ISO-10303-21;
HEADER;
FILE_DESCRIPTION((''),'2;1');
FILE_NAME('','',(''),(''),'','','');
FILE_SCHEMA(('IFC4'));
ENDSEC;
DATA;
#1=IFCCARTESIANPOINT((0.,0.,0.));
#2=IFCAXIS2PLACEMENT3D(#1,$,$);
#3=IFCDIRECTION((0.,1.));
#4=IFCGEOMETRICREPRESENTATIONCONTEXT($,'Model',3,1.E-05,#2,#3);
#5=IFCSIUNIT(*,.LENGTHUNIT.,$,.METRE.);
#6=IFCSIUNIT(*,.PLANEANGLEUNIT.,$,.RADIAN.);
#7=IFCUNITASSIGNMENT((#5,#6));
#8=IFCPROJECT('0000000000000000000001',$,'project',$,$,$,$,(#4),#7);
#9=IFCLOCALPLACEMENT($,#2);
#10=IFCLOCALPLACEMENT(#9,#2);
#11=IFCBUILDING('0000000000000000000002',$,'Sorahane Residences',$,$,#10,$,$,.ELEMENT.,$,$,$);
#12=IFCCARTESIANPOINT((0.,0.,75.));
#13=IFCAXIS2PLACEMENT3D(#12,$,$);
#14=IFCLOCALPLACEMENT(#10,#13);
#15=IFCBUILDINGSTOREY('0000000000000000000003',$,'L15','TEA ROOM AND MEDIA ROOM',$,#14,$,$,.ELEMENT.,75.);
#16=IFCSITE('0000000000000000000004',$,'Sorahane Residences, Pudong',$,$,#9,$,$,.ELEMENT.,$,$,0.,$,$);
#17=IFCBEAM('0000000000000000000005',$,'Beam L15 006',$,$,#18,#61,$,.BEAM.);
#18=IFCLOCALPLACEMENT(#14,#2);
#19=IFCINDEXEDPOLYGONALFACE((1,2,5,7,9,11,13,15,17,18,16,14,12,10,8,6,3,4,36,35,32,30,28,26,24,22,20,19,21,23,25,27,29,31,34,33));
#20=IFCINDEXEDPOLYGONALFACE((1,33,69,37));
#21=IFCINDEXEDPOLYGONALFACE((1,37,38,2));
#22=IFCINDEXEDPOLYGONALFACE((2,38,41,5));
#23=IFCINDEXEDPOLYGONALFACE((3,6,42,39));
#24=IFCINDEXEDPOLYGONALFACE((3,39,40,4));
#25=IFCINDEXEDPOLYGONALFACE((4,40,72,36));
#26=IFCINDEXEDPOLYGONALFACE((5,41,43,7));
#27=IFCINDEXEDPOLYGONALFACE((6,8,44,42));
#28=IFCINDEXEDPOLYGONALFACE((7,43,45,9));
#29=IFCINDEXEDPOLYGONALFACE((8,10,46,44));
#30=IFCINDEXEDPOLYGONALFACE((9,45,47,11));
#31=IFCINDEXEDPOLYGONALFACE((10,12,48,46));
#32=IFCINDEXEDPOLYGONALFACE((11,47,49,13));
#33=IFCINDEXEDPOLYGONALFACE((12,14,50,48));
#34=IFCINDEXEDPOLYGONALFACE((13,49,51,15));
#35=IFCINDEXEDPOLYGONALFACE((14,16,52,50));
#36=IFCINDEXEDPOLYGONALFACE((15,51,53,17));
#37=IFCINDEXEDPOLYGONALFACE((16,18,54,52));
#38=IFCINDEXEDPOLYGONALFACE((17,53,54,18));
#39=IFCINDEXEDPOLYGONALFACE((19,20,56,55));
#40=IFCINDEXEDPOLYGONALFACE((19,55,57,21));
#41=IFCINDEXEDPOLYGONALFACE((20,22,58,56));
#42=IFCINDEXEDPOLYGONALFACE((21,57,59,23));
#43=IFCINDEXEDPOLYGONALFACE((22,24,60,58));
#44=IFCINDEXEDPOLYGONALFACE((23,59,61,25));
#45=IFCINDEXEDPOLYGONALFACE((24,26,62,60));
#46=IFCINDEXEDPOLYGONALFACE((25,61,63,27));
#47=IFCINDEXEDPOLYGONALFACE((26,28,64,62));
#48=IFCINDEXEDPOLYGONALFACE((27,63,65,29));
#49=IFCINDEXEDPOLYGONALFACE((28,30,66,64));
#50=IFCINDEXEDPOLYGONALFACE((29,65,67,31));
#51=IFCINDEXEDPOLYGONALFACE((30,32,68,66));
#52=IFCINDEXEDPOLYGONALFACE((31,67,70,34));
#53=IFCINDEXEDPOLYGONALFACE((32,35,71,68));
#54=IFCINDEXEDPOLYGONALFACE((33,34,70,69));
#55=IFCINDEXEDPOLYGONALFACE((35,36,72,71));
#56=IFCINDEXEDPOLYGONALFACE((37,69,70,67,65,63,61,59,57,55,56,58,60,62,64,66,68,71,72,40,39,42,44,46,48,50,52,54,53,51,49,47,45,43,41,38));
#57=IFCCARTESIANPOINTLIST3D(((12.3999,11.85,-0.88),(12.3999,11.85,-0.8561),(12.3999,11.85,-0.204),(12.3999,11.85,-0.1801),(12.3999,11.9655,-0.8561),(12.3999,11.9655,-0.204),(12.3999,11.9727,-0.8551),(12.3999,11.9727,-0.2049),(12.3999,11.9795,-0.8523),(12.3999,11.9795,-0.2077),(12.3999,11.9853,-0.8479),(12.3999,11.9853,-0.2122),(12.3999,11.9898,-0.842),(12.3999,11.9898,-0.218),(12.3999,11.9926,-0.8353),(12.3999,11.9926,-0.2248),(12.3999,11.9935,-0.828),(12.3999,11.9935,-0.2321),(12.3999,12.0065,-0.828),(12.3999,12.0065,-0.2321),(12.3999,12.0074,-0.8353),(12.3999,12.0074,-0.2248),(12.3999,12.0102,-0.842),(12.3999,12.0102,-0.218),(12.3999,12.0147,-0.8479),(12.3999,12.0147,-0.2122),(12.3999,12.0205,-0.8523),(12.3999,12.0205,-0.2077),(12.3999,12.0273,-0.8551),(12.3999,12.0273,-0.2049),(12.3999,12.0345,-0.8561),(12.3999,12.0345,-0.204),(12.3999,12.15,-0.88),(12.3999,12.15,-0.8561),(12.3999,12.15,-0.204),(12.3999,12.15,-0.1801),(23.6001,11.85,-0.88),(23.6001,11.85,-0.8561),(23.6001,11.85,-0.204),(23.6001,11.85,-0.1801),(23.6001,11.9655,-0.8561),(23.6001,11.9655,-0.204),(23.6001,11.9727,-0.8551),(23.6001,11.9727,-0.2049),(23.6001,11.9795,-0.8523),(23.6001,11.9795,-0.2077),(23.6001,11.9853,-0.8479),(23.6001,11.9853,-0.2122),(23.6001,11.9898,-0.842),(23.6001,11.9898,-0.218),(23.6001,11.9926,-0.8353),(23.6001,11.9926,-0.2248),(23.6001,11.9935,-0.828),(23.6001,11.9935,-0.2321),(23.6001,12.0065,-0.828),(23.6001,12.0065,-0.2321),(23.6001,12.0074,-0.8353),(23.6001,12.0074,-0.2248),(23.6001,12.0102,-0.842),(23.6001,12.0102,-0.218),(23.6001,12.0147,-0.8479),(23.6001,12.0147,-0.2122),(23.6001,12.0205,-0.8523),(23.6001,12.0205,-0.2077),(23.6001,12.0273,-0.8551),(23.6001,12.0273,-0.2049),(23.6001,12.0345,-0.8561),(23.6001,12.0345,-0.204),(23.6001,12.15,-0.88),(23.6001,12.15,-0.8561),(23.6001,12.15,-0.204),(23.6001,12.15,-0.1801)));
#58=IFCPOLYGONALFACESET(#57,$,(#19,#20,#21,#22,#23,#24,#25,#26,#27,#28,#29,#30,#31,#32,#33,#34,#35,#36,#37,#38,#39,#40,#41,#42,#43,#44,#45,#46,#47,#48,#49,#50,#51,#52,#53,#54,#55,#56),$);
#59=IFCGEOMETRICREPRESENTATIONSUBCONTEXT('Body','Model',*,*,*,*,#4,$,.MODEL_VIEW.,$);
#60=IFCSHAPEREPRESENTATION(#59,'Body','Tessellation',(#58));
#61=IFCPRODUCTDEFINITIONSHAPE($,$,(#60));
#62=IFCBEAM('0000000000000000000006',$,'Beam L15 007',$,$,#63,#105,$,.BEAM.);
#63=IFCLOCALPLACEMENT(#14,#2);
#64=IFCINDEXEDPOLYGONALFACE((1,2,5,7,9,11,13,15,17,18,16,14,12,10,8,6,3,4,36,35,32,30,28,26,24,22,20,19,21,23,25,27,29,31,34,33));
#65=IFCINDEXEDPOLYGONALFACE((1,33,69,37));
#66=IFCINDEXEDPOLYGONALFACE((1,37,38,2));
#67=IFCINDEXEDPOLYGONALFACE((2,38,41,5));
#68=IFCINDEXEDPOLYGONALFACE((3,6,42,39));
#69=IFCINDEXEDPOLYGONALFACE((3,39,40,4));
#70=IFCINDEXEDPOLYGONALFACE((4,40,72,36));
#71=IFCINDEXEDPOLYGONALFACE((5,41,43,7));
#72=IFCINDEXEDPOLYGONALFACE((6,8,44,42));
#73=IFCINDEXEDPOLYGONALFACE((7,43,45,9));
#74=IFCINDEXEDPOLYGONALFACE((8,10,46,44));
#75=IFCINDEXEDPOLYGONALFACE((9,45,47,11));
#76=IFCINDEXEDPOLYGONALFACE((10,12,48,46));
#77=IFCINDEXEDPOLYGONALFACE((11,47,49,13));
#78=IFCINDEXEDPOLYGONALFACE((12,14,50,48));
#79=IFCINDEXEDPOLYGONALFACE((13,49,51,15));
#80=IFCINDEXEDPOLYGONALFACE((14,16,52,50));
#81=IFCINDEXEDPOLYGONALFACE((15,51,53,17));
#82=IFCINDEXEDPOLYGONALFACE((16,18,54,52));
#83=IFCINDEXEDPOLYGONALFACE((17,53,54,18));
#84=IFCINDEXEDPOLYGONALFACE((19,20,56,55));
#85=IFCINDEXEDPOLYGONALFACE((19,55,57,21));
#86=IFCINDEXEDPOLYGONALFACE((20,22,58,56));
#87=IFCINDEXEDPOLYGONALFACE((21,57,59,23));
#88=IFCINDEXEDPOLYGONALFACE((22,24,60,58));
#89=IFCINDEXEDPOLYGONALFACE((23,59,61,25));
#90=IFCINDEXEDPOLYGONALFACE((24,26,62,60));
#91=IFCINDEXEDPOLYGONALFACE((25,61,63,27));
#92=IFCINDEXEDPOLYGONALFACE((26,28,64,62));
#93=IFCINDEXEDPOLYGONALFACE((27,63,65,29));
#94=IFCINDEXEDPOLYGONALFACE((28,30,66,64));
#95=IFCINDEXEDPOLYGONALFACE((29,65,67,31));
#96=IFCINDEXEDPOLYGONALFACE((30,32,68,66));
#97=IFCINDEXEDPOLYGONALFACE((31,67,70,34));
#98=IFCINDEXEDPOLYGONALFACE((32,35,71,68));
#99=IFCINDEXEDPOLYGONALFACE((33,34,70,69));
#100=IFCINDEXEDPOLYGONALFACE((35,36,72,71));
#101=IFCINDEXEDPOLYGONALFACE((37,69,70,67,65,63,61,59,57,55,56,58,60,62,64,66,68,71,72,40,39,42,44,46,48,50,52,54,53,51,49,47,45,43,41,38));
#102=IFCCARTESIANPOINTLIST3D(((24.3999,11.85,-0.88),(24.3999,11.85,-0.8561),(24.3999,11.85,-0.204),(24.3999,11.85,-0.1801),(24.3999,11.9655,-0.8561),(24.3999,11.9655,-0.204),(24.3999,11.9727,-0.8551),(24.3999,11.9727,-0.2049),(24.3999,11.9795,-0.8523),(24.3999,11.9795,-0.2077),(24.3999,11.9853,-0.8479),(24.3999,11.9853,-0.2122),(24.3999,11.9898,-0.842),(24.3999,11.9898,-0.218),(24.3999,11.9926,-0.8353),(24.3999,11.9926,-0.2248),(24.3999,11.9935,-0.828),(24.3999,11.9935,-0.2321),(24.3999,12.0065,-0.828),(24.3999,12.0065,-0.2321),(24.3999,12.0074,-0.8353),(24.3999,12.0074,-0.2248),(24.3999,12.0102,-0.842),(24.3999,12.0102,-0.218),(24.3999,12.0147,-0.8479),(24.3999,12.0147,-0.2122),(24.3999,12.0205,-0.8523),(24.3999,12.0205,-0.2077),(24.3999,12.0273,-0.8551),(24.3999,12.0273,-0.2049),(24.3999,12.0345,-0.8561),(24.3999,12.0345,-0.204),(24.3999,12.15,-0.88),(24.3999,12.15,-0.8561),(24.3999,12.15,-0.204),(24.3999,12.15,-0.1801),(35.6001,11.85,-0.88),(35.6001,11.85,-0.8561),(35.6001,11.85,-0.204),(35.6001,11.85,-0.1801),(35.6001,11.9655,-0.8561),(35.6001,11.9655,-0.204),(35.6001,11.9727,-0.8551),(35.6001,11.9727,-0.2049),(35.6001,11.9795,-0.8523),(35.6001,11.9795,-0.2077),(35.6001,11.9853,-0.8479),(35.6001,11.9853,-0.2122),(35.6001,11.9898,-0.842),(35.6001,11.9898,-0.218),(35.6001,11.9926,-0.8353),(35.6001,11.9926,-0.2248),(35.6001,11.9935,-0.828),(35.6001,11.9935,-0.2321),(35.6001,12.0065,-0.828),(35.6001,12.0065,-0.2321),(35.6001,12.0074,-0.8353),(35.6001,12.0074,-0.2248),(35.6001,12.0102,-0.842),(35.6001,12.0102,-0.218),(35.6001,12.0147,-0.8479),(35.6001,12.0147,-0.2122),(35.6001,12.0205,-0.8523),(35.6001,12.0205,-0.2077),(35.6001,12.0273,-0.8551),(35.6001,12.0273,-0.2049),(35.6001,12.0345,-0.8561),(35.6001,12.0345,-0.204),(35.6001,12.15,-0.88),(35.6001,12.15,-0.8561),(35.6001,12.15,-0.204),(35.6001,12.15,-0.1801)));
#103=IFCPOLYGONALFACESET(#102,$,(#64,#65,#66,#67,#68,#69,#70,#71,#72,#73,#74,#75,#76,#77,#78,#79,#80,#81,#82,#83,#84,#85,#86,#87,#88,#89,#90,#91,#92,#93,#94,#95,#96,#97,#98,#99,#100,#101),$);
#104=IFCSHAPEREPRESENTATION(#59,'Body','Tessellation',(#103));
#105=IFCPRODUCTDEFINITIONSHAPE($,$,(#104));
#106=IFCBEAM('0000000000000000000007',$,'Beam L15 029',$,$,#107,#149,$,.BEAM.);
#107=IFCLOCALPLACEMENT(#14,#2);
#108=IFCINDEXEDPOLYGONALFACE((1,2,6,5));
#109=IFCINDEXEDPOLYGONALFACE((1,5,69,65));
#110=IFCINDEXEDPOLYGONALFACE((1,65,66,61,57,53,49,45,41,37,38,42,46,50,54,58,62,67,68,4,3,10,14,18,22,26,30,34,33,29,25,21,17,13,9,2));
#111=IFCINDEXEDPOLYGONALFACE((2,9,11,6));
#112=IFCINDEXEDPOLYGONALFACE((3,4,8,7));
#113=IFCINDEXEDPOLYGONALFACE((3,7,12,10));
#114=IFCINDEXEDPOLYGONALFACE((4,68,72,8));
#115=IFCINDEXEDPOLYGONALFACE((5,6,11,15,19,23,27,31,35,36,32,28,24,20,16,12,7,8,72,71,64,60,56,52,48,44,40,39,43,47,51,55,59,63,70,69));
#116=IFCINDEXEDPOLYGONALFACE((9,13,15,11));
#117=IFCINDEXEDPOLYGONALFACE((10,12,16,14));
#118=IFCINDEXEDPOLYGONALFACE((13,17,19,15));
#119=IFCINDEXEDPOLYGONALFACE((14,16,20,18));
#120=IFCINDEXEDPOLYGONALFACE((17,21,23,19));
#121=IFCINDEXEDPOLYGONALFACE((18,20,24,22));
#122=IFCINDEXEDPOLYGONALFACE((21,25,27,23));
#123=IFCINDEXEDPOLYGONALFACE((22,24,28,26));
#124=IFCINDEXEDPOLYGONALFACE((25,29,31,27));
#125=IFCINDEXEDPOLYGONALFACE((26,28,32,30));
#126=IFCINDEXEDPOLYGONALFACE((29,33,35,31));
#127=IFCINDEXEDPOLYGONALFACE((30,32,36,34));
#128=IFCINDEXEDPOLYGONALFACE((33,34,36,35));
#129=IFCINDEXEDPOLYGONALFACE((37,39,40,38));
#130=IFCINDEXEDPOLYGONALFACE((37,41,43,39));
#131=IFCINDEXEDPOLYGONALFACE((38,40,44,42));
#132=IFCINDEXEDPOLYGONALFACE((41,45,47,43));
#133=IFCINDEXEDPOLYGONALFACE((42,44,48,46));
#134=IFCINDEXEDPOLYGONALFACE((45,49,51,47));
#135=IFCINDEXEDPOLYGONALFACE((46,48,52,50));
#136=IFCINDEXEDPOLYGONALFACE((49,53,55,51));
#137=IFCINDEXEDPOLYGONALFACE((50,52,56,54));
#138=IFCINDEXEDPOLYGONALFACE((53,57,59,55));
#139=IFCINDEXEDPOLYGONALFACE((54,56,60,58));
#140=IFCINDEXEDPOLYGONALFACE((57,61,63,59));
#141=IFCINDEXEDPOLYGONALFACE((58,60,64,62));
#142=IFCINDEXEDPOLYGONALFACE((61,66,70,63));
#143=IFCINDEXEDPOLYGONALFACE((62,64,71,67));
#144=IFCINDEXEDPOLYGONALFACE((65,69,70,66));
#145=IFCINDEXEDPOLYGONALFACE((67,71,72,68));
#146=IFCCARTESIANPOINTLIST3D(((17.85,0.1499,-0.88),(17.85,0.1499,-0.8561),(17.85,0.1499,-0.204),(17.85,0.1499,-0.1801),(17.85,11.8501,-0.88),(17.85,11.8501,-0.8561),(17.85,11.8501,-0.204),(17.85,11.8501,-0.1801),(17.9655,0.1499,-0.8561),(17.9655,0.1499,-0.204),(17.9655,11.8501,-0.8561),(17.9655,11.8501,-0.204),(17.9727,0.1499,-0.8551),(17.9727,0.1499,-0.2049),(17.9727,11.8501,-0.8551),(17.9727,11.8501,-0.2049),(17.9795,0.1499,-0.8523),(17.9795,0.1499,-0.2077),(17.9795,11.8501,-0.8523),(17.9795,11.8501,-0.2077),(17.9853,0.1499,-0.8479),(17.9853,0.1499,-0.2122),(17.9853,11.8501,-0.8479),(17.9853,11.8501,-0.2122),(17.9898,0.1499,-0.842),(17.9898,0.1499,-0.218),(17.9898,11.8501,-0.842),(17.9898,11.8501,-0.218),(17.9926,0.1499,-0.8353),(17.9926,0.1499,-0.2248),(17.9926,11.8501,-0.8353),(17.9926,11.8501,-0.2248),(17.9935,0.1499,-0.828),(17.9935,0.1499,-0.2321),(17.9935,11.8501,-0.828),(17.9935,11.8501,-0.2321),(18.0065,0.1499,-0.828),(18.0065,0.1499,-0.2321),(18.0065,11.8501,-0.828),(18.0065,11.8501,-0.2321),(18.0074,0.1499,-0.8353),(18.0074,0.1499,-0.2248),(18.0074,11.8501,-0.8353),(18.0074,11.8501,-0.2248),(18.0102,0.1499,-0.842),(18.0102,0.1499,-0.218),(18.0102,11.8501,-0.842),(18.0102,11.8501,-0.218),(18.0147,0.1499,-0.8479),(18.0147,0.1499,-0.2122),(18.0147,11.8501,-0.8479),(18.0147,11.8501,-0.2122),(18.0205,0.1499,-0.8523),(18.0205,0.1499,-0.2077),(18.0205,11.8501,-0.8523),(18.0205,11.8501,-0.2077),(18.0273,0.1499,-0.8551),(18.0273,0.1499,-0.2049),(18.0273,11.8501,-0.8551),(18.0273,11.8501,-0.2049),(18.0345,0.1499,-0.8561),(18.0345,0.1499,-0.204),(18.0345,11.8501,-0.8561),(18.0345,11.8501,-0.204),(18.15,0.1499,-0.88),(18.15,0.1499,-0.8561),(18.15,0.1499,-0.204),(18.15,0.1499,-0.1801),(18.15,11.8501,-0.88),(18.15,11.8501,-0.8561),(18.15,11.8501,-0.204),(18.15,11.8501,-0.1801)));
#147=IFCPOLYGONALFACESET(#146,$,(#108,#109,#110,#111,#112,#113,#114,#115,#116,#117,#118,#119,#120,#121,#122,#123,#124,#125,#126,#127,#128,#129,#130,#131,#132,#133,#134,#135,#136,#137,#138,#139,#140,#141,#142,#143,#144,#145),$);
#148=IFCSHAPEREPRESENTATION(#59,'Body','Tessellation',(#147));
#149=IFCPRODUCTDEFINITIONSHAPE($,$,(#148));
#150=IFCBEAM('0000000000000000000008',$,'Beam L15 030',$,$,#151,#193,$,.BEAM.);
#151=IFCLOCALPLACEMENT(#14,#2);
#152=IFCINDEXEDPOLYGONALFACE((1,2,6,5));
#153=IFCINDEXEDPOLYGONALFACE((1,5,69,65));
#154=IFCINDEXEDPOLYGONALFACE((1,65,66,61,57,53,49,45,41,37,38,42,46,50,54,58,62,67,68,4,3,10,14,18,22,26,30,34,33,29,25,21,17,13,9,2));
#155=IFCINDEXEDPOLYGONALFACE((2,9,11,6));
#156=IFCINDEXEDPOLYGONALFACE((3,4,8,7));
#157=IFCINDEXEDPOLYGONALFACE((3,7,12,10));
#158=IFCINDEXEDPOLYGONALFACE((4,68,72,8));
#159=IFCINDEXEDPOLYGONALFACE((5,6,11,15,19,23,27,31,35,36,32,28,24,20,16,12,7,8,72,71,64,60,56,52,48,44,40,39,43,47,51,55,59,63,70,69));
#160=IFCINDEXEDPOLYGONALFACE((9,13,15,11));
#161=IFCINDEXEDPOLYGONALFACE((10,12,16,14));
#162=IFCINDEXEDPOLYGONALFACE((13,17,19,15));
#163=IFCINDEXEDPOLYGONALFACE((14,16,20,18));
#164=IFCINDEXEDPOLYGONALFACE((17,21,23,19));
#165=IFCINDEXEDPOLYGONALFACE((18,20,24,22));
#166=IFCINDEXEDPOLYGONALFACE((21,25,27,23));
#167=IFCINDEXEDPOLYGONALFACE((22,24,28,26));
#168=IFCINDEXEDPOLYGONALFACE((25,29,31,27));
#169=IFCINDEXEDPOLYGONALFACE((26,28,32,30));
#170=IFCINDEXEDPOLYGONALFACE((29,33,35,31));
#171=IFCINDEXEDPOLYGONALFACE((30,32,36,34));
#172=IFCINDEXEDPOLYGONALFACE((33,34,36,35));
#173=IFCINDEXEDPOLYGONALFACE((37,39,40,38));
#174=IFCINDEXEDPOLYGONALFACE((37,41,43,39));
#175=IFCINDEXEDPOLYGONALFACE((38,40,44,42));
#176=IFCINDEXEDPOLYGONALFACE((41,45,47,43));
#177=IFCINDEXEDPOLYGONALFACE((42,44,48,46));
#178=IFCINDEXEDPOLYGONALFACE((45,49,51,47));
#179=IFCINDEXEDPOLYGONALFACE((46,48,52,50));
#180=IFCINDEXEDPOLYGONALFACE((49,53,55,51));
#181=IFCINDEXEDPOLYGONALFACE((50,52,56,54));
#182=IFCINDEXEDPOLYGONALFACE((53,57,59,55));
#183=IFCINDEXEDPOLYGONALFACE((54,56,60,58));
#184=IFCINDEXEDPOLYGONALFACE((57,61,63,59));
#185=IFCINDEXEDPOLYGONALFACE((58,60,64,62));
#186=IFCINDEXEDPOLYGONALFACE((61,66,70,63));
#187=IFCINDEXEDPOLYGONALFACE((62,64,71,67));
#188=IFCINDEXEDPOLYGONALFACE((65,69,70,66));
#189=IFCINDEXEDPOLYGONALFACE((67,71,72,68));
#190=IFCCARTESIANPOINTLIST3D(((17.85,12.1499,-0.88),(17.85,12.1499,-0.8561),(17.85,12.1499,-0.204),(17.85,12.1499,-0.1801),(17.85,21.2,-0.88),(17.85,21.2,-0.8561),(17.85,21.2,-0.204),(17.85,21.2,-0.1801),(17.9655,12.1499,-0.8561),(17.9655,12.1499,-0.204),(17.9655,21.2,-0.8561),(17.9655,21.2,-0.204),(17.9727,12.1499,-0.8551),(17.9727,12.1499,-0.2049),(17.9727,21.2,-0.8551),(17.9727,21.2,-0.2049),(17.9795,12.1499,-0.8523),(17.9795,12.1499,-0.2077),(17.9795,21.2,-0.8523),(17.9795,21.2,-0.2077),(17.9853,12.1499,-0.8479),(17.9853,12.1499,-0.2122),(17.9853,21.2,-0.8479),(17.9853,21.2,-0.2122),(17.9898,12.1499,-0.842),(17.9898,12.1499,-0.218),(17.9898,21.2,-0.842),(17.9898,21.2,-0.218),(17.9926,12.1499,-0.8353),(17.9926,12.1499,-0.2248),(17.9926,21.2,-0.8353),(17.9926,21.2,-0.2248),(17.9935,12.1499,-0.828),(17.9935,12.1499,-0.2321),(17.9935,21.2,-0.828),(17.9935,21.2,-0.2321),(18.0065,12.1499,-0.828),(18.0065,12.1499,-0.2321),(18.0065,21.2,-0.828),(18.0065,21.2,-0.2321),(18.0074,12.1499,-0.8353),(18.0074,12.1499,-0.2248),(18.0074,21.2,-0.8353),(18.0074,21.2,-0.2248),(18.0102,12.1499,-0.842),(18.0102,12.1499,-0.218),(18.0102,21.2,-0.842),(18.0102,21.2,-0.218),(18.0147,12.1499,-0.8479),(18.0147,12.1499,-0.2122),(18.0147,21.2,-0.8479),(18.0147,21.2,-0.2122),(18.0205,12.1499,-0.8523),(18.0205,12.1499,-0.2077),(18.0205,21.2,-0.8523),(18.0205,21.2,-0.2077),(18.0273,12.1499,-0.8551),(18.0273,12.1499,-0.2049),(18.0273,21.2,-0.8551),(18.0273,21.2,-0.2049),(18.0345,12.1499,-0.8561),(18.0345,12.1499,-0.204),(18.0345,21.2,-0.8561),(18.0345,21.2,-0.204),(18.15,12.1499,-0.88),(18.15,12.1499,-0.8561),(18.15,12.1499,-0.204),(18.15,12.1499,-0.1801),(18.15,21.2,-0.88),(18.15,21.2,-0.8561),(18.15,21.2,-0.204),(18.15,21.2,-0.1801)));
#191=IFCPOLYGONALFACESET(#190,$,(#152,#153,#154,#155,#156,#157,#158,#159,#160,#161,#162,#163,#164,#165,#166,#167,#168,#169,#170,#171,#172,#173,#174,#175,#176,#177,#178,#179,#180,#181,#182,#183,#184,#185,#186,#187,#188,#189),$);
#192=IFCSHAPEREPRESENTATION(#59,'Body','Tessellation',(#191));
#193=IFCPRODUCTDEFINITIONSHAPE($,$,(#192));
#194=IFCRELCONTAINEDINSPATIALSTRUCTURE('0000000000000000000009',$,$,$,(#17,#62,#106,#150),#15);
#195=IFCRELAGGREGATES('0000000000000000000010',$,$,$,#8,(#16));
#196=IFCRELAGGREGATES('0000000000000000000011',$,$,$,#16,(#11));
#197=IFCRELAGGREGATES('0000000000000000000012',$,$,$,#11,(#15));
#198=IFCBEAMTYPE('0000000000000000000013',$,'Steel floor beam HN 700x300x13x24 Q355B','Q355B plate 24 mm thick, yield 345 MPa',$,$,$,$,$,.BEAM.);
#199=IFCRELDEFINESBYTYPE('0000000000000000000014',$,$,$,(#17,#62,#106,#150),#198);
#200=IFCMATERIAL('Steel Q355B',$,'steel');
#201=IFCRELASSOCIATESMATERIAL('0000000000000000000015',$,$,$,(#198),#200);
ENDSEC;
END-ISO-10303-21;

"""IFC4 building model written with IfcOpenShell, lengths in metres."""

from ifc_helpers import new_model, si_unit, direction, frame, origin, origin_2d, place, context, subcontext, project, spatial, i_section, extrude, material, material_profile, profile_set, type_object, element, save


model = new_model("IFC4")

# Units and contexts
model_context = context("Model", 3, precision=1e-05, world=origin(), true_north=direction((0.0, 1.0)))
body_context = subcontext(model_context, "Body", "Model", "MODEL_VIEW")
ifc_project = project(units=[si_unit("LENGTHUNIT", "METRE"), si_unit("PLANEANGLEUNIT", "RADIAN")], contexts=[model_context])

# Site, building, storey
site_placement = place(None, origin())
site = spatial("IfcSite", under=ifc_project, at=site_placement, Name="Sorahane Residences, Pudong", CompositionType="ELEMENT", RefElevation=0.0)
building_placement = place(site_placement, origin())
building = spatial("IfcBuilding", under=site, at=building_placement, Name="Sorahane Residences", CompositionType="ELEMENT")
storey_placement = place(building_placement, frame((0.0, 0.0, 75.0)))
storey = spatial("IfcBuildingStorey", under=building, at=storey_placement, Name="L15", Description="TEA ROOM AND MEDIA ROOM", CompositionType="ELEMENT", Elevation=75.0)

# Beams
ifc_material_1 = material(Name="Steel Q355B", Category="steel")
ifc_material_profile_1 = material_profile(ifc_material_1, i_section(OverallWidth=0.3, OverallDepth=0.7, WebThickness=0.0129, FlangeThickness=0.0239, FilletRadius=0.0281, at=origin_2d()), Name="HN 700x300x13x24")
ifc_profile_set_1 = profile_set([ifc_material_profile_1], Name="Steel Q355B")
beam_type_1 = type_object("IfcBeamType", Name="Steel floor beam HN 700x300x13x24 Q355B", Description="Q355B plate 24 mm thick, yield 345 MPa", PredefinedType="BEAM", material=ifc_profile_set_1)
for number, where, z_axis, x_axis, name in (
    (1, (12.3999, 12.0, -0.53), (1.0, 0.0, 0.0), (0.0, 1.0, 0.0), "Beam L15 006"),
    (2, (24.3999, 12.0, -0.53), (1.0, 0.0, 0.0), (0.0, 1.0, 0.0), "Beam L15 007"),
):
    element("IfcBeam", number, at=place(storey_placement, frame(where, z_axis=z_axis, x_axis=x_axis)), inside=storey, type_object=beam_type_1, Name=name, PredefinedType="BEAM", context=body_context, shape_type="SweptSolid", body=[
        extrude(i_section(OverallWidth=0.3, OverallDepth=0.7, WebThickness=0.0129, FlangeThickness=0.0239, FilletRadius=0.0281, at=origin_2d()), origin(), (0.0, 0.0, 1.0), 11.2002),
    ])
beam_1_placement = place(storey_placement, frame((18.0, 0.1499, -0.53), z_axis=(0.0, 1.0, 0.0), x_axis=(-1.0, 0.0, 0.0)))
element("IfcBeam", 3, at=beam_1_placement, inside=storey, type_object=beam_type_1, Name="Beam L15 029", PredefinedType="BEAM", context=body_context, shape_type="SweptSolid", body=[
    extrude(i_section(OverallWidth=0.3, OverallDepth=0.7, WebThickness=0.0129, FlangeThickness=0.0239, FilletRadius=0.0281, at=origin_2d()), origin(), (0.0, 0.0, 1.0), 11.7002),
])
beam_2_placement = place(storey_placement, frame((18.0, 12.1499, -0.53), z_axis=(0.0, 1.0, 0.0), x_axis=(-1.0, 0.0, 0.0)))
element("IfcBeam", 4, at=beam_2_placement, inside=storey, type_object=beam_type_1, Name="Beam L15 030", PredefinedType="BEAM", context=body_context, shape_type="SweptSolid", body=[
    extrude(i_section(OverallWidth=0.3, OverallDepth=0.7, WebThickness=0.0129, FlangeThickness=0.0239, FilletRadius=0.0281, at=origin_2d()), origin(), (0.0, 0.0, 1.0), 9.05),
])

save(model, "model.ifc")
